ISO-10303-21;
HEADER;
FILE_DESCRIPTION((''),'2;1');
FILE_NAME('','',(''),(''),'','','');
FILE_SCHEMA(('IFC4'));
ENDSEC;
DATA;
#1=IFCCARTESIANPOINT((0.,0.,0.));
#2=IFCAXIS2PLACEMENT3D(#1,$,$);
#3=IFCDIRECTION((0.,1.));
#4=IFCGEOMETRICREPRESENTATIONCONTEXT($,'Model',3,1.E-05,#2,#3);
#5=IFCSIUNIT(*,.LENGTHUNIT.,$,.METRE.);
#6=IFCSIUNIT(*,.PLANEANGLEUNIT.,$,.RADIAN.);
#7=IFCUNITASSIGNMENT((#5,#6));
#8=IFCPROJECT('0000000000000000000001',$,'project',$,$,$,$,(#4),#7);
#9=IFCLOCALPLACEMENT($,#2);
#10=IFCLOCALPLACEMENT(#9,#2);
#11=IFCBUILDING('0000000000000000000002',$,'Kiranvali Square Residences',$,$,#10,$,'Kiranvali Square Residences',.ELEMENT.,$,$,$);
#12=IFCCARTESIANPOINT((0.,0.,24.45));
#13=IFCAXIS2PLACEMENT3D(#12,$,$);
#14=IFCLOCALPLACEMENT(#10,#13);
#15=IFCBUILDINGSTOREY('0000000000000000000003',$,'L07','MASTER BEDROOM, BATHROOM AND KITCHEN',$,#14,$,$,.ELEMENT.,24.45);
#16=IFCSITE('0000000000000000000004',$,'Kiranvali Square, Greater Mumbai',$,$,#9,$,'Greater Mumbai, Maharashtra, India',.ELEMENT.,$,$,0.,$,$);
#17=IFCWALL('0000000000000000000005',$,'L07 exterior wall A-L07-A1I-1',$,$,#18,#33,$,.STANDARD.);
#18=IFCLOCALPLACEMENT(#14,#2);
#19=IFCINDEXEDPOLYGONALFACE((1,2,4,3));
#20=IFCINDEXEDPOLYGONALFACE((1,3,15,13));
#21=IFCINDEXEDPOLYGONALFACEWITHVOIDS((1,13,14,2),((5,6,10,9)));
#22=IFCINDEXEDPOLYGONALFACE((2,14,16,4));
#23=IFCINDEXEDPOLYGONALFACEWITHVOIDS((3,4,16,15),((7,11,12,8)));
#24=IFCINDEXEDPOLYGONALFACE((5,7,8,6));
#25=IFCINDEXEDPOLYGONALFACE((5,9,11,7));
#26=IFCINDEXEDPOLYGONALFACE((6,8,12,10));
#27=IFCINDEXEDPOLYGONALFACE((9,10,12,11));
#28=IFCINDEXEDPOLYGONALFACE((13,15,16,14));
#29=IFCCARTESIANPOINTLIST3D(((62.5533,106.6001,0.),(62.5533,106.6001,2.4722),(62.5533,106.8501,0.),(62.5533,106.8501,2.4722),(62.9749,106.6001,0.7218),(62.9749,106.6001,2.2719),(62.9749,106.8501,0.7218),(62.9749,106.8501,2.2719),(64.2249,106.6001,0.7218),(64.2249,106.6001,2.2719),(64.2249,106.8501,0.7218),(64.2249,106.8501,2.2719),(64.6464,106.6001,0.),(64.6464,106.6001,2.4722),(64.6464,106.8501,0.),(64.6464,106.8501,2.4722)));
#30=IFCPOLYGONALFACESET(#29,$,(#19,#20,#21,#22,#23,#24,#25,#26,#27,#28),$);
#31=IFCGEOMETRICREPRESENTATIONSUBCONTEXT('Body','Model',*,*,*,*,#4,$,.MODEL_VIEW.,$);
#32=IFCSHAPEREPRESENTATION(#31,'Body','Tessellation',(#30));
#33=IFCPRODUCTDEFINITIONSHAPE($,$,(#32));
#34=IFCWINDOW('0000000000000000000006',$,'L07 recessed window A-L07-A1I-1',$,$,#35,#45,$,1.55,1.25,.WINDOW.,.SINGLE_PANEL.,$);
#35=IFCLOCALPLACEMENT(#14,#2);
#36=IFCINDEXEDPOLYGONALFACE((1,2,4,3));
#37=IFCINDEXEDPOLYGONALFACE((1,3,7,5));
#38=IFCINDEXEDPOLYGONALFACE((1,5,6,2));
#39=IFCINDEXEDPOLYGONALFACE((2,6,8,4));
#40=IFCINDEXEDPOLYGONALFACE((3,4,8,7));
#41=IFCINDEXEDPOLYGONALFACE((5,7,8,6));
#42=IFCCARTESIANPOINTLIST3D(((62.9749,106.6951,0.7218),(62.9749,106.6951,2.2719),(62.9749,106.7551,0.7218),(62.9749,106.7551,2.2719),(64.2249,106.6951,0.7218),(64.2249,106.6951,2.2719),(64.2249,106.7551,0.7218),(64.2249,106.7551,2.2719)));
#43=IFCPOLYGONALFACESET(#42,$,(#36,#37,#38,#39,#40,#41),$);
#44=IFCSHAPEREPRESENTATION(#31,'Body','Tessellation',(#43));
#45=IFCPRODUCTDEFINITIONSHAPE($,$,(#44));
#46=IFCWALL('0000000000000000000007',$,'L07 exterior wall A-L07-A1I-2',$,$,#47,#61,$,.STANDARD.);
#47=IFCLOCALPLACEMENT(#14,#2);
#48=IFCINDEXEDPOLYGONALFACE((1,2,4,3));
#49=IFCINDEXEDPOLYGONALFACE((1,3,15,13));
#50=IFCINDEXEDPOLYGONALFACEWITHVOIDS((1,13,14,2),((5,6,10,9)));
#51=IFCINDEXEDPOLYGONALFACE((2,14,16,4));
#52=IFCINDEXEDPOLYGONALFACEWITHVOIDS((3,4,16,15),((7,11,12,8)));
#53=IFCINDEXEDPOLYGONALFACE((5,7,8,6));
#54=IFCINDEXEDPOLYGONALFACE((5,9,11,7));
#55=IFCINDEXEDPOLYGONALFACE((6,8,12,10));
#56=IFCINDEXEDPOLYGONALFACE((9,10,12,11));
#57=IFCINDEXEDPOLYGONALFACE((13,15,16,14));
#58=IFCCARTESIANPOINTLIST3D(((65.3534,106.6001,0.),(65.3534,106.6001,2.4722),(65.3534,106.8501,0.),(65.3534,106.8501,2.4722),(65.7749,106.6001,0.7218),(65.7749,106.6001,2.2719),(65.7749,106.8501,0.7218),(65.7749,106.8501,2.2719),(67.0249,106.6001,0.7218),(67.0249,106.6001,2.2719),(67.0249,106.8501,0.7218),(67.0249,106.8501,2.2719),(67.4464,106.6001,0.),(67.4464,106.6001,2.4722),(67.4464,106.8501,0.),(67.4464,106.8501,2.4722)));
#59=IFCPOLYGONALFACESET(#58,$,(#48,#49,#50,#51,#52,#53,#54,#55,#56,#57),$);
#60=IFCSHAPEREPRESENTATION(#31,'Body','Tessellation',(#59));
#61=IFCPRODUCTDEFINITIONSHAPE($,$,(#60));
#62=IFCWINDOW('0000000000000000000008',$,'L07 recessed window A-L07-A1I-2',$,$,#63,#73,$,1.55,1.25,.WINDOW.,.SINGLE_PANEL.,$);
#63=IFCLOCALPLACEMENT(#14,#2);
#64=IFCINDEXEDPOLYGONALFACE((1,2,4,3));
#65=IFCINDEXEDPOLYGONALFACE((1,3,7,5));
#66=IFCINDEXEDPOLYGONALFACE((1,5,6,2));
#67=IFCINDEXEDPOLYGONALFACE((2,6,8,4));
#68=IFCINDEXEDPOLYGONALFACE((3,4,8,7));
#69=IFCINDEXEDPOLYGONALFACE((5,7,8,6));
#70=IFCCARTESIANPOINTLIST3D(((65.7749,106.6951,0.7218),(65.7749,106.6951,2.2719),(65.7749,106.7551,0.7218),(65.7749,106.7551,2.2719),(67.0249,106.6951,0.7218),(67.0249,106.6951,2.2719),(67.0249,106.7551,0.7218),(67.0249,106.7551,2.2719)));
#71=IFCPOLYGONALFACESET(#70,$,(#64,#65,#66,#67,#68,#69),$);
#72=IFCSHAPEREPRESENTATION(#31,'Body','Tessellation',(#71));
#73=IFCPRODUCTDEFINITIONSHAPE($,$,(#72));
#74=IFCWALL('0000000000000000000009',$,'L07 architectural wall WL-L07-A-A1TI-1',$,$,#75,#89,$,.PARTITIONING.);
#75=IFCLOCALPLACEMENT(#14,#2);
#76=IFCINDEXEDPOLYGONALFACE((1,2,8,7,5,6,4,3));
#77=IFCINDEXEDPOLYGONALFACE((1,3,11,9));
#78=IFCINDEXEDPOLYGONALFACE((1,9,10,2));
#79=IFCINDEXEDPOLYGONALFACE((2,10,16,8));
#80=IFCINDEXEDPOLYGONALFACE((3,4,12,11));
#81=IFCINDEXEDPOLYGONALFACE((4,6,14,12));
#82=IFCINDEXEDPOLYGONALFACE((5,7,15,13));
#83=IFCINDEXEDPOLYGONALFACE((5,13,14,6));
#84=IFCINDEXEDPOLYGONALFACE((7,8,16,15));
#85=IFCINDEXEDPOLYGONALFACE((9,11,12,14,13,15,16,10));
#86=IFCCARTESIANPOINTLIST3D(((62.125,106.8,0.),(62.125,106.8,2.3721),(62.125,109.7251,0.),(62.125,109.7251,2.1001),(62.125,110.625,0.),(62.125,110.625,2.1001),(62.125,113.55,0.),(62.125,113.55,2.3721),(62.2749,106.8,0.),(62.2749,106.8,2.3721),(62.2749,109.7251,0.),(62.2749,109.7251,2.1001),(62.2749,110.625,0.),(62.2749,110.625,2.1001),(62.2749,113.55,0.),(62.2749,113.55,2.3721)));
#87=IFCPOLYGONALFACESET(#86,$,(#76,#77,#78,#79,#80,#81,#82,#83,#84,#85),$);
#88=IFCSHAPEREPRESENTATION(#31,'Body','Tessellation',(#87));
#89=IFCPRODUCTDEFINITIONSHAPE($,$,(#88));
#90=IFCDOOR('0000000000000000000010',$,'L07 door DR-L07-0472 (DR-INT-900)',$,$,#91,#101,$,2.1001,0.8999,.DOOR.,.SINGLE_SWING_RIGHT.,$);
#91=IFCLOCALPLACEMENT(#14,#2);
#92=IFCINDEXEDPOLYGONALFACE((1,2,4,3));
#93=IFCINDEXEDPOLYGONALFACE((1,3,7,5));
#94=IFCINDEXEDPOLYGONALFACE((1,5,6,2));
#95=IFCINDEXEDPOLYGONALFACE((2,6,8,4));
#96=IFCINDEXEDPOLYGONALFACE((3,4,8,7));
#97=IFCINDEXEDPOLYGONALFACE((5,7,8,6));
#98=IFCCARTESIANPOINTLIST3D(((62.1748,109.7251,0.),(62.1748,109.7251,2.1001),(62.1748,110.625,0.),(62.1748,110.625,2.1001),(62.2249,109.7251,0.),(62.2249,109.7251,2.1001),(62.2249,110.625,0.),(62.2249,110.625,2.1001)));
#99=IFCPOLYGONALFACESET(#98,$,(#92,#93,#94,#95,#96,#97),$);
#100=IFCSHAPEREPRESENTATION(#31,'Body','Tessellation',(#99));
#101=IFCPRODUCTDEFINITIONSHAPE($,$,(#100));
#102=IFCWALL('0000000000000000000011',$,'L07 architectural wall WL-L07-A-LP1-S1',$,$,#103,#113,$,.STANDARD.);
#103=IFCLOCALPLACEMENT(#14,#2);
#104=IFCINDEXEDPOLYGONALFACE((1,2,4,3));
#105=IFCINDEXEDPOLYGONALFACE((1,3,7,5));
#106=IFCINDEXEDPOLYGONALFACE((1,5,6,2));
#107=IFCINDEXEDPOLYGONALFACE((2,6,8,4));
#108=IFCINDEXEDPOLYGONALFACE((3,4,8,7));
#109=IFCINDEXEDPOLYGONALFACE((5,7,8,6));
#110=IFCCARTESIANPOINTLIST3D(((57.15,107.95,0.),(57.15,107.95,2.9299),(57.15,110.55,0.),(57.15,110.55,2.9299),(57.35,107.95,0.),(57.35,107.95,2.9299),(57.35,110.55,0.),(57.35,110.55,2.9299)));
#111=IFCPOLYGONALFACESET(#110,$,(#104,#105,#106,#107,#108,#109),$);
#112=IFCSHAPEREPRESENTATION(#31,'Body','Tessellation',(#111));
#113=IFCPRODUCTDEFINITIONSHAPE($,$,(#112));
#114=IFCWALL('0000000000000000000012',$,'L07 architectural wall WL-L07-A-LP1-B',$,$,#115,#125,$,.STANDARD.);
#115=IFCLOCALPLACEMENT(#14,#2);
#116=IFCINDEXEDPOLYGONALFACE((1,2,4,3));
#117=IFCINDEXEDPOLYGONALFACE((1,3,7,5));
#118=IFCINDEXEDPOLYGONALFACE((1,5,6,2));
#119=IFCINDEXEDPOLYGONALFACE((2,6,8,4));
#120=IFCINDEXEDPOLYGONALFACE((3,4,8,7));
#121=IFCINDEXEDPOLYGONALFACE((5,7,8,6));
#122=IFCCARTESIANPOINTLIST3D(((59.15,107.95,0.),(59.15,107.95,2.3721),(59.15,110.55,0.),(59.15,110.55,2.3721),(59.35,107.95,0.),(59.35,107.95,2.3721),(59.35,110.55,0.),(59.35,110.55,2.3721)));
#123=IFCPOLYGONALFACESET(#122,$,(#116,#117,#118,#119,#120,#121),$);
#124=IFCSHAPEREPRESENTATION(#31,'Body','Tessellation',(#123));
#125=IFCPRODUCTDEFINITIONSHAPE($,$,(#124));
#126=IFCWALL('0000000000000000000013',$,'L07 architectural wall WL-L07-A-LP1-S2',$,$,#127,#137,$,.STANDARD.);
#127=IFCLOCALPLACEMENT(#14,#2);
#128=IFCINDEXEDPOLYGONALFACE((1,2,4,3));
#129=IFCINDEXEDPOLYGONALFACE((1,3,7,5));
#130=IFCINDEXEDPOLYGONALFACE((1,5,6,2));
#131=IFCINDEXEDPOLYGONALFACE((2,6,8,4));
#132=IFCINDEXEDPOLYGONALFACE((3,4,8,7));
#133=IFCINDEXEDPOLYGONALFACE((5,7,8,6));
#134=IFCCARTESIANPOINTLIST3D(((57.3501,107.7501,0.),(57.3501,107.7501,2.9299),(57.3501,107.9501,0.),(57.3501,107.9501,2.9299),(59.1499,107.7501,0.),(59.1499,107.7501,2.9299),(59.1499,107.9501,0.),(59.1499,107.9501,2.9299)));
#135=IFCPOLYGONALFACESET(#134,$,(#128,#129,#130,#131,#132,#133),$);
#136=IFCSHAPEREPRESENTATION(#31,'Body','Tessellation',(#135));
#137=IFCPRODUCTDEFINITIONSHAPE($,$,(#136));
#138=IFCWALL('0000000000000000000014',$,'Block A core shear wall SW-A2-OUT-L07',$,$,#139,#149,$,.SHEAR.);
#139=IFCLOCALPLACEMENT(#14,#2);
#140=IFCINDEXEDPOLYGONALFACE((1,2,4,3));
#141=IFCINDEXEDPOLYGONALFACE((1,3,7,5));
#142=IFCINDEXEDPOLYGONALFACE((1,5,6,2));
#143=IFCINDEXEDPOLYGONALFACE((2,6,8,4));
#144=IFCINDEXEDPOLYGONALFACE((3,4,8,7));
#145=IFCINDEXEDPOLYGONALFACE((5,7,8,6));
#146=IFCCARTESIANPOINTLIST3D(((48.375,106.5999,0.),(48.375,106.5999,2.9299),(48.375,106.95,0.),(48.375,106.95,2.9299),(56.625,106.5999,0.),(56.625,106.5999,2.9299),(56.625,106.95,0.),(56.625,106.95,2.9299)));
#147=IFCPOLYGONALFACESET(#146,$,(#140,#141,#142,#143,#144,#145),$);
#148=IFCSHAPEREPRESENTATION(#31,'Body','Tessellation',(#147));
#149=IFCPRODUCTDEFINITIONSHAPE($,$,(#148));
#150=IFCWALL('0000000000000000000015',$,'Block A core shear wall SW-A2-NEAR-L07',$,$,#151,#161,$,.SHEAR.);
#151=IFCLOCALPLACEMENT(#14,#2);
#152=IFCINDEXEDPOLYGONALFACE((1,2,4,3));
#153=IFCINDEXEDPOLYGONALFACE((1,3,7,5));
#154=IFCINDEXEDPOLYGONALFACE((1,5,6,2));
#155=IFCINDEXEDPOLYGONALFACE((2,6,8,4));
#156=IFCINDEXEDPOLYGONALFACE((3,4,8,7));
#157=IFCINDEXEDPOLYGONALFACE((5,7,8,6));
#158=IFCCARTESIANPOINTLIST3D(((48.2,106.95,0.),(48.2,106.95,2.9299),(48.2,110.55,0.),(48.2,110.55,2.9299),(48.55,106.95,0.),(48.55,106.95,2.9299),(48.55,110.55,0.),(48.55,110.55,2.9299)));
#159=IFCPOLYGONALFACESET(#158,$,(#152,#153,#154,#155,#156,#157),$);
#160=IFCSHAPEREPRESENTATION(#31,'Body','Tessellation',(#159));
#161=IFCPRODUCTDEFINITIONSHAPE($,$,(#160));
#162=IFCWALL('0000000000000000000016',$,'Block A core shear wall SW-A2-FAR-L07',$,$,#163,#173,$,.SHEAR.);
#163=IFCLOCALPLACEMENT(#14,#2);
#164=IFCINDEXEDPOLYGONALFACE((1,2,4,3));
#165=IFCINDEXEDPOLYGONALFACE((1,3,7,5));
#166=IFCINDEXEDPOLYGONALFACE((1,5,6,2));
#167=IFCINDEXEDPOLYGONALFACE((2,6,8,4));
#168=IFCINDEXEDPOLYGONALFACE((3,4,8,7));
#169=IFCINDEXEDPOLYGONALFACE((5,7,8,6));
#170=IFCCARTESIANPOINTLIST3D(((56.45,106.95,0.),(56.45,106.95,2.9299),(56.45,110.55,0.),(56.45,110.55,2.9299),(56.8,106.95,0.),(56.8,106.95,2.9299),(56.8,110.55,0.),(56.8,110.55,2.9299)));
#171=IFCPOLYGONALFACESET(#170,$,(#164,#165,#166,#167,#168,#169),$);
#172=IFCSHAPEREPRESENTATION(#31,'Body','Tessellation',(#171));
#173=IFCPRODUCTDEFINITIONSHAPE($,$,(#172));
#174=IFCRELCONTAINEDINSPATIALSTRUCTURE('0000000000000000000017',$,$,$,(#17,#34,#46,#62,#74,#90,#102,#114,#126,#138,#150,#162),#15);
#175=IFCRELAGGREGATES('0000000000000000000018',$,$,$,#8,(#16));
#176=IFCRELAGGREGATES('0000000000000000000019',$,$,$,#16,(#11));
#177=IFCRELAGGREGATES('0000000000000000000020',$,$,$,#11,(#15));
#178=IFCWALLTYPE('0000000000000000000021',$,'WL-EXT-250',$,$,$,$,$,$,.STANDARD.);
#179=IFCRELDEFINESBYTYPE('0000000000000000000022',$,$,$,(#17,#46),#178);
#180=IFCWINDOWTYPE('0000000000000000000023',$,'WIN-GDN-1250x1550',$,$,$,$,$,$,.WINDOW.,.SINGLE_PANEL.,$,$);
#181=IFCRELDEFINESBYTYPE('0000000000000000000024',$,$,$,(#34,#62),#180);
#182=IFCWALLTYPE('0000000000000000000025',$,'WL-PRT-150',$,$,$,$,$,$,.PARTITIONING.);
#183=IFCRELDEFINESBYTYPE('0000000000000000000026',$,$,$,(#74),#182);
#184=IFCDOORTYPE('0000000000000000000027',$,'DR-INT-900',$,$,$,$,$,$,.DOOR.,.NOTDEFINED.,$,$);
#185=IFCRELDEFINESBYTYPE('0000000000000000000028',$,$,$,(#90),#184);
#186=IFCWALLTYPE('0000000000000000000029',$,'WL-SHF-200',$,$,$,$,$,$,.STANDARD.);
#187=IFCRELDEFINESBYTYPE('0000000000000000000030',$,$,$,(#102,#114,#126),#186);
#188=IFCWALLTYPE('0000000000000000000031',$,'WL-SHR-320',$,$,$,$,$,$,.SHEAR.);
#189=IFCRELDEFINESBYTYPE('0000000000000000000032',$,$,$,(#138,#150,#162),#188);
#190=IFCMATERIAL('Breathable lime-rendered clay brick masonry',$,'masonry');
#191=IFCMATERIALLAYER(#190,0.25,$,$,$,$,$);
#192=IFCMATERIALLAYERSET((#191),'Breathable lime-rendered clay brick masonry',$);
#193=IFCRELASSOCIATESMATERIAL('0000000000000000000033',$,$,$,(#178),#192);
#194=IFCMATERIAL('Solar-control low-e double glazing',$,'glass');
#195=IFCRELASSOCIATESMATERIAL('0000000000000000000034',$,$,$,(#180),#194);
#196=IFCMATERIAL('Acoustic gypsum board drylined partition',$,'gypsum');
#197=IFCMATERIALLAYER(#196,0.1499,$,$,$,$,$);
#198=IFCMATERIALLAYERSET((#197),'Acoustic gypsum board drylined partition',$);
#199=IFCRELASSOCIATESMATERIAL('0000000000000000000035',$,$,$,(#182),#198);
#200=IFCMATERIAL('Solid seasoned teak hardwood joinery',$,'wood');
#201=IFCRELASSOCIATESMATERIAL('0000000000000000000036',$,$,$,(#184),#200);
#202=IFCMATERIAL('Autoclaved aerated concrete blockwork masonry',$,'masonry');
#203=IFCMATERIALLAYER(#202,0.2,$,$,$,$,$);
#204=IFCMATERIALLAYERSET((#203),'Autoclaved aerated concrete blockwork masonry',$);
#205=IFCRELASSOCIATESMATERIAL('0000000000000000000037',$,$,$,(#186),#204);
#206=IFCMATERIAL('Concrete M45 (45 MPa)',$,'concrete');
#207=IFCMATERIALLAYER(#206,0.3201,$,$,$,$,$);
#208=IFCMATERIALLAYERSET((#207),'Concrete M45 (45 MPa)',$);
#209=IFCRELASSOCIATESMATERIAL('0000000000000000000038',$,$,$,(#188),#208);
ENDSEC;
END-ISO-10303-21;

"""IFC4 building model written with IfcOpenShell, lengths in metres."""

from ifc_helpers import new_model, si_unit, direction, frame, frame_2d, origin, place, context, subcontext, project, spatial, rectangle, extrude, material, layer, layer_set, type_object, element, fill, save


model = new_model("IFC4")

# Units and contexts
model_context = context("Model", 3, precision=1e-05, world=origin(), true_north=direction((0.0, 1.0)))
body_context = subcontext(model_context, "Body", "Model", "MODEL_VIEW")
ifc_project = project(units=[si_unit("LENGTHUNIT", "METRE"), si_unit("PLANEANGLEUNIT", "RADIAN")], contexts=[model_context])

# Site, building, storey
site_placement = place(None, origin())
site = spatial("IfcSite", under=ifc_project, at=site_placement, Name="Kiranvali Square, Greater Mumbai", LongName="Greater Mumbai, Maharashtra, India", CompositionType="ELEMENT", RefElevation=0.0)
building_placement = place(site_placement, origin())
building = spatial("IfcBuilding", under=site, at=building_placement, Name="Kiranvali Square Residences", LongName="Kiranvali Square Residences", CompositionType="ELEMENT")
storey_placement = place(building_placement, frame((0.0, 0.0, 24.45)))
storey = spatial("IfcBuildingStorey", under=building, at=storey_placement, Name="L07", Description="MASTER BEDROOM, BATHROOM AND KITCHEN", CompositionType="ELEMENT", Elevation=24.45)

# Shared definitions
ifc_material_1 = material(Name="Concrete M45 (45 MPa)", Category="concrete")

# Shared definitions
ifc_material_2 = material(Name="Autoclaved aerated concrete blockwork masonry", Category="masonry")

# Walls, openings, windows
ifc_material_3 = material(Name="Breathable lime-rendered clay brick masonry", Category="masonry")
ifc_layer_1 = layer(ifc_material_3, 0.25)
ifc_layer_set_1 = layer_set([ifc_layer_1], Name="Breathable lime-rendered clay brick masonry")
wall_type_1 = type_object("IfcWallType", Name="WL-EXT-250", PredefinedType="STANDARD", material=ifc_layer_set_1)
ifc_material_4 = material(Name="Solar-control low-e double glazing", Category="glass")
window_type_1 = type_object("IfcWindowType", Name="WIN-GDN-1250x1550", PartitioningType="SINGLE_PANEL", PredefinedType="WINDOW", material=ifc_material_4)
wall_1_placement = place(storey_placement, frame((62.5535, 106.7251, 0.0), z_axis=(0.0, 0.0, 1.0), x_axis=(1.0, 0.0, 0.0)))
wall_1 = element("IfcWall", 1, at=wall_1_placement, inside=storey, type_object=wall_type_1, Name="L07 exterior wall A-L07-A1I-1", PredefinedType="STANDARD", context=body_context, shape_type="SweptSolid", body=[
    extrude(rectangle(XDim=2.093, YDim=0.25, at=frame_2d((1.0464, 0.0))), origin(), (0.0, 0.0, 1.0), 2.4722),
])
opening_1_placement = place(wall_1_placement, frame((0.4214, 0.0, 0.7219)))
opening_1 = element("IfcOpeningElement", 2, at=opening_1_placement, cuts=wall_1, PredefinedType="OPENING", context=body_context, shape_type="SweptSolid", body=[
    extrude(rectangle(XDim=1.25, YDim=1.55, at=frame_2d((0.625, 0.7749))), frame((0.0, 0.135, 0.0), z_axis=(0.0, -1.0, 0.0), x_axis=(1.0, 0.0, 0.0)), (0.0, 0.0, 1.0), 0.27),
])
window_1_placement = place(opening_1_placement, origin())
window_1 = element("IfcWindow", 3, at=window_1_placement, inside=storey, type_object=window_type_1, Name="L07 recessed window A-L07-A1I-1", OverallHeight=1.55, OverallWidth=1.25, PartitioningType="SINGLE_PANEL", PredefinedType="WINDOW", context=body_context, shape_type="SweptSolid", body=[
    extrude(rectangle(XDim=1.25, YDim=1.55, at=frame_2d((0.625, 0.7749))), frame((0.0, 0.03, 0.0), z_axis=(0.0, -1.0, 0.0), x_axis=(1.0, 0.0, 0.0)), (0.0, 0.0, 1.0), 0.0601),
])
fill(opening_1, window_1)
wall_2_placement = place(storey_placement, frame((65.3535, 106.7251, 0.0), z_axis=(0.0, 0.0, 1.0), x_axis=(1.0, 0.0, 0.0)))
wall_2 = element("IfcWall", 4, at=wall_2_placement, inside=storey, type_object=wall_type_1, Name="L07 exterior wall A-L07-A1I-2", PredefinedType="STANDARD", context=body_context, shape_type="SweptSolid", body=[
    extrude(rectangle(XDim=2.093, YDim=0.25, at=frame_2d((1.0464, 0.0))), origin(), (0.0, 0.0, 1.0), 2.4722),
])
opening_2_placement = place(wall_2_placement, frame((0.4214, 0.0, 0.7219)))
opening_2 = element("IfcOpeningElement", 5, at=opening_2_placement, cuts=wall_2, PredefinedType="OPENING", context=body_context, shape_type="SweptSolid", body=[
    extrude(rectangle(XDim=1.25, YDim=1.55, at=frame_2d((0.625, 0.7749))), frame((0.0, 0.135, 0.0), z_axis=(0.0, -1.0, 0.0), x_axis=(1.0, 0.0, 0.0)), (0.0, 0.0, 1.0), 0.27),
])
window_2_placement = place(opening_2_placement, origin())
window_2 = element("IfcWindow", 6, at=window_2_placement, inside=storey, type_object=window_type_1, Name="L07 recessed window A-L07-A1I-2", OverallHeight=1.55, OverallWidth=1.25, PartitioningType="SINGLE_PANEL", PredefinedType="WINDOW", context=body_context, shape_type="SweptSolid", body=[
    extrude(rectangle(XDim=1.25, YDim=1.55, at=frame_2d((0.625, 0.7749))), frame((0.0, 0.03, 0.0), z_axis=(0.0, -1.0, 0.0), x_axis=(1.0, 0.0, 0.0)), (0.0, 0.0, 1.0), 0.0601),
])
fill(opening_2, window_2)

# Wall, opening, door
ifc_material_5 = material(Name="Acoustic gypsum board drylined partition", Category="gypsum")
ifc_layer_2 = layer(ifc_material_5, 0.1499)
ifc_layer_set_2 = layer_set([ifc_layer_2], Name="Acoustic gypsum board drylined partition")
wall_type_2 = type_object("IfcWallType", Name="WL-PRT-150", PredefinedType="PARTITIONING", material=ifc_layer_set_2)
wall_3_placement = place(storey_placement, frame((62.2, 106.8, 0.0), z_axis=(0.0, 0.0, 1.0), x_axis=(0.0, 1.0, 0.0)))
wall_3 = element("IfcWall", 7, at=wall_3_placement, inside=storey, type_object=wall_type_2, Name="L07 architectural wall WL-L07-A-A1TI-1", PredefinedType="PARTITIONING", context=body_context, shape_type="SweptSolid", body=[
    extrude(rectangle(XDim=6.75, YDim=0.1499, at=frame_2d((3.375, 0.0))), origin(), (0.0, 0.0, 1.0), 2.3721),
])
opening_3_placement = place(wall_3_placement, frame((2.925, 0.0, 0.0)))
opening_3 = element("IfcOpeningElement", 8, at=opening_3_placement, cuts=wall_3, PredefinedType="OPENING", context=body_context, shape_type="SweptSolid", body=[
    extrude(rectangle(XDim=0.8999, YDim=2.1001, at=frame_2d((0.45, 1.05))), frame((0.0, 0.085, 0.0), z_axis=(0.0, -1.0, 0.0), x_axis=(1.0, 0.0, 0.0)), (0.0, 0.0, 1.0), 0.1699),
])
ifc_material_6 = material(Name="Solid seasoned teak hardwood joinery", Category="wood")
door_type = type_object("IfcDoorType", Name="DR-INT-900", OperationType="NOTDEFINED", PredefinedType="DOOR", material=ifc_material_6)
door_placement = place(opening_3_placement, frame((0.8999, 0.0, 0.0), z_axis=(0.0, 0.0, 1.0), x_axis=(-1.0, 0.0, 0.0)))
door = element("IfcDoor", 9, at=door_placement, inside=storey, type_object=door_type, Name="L07 door DR-L07-0472 (DR-INT-900)", OperationType="SINGLE_SWING_RIGHT", OverallHeight=2.1001, OverallWidth=0.8999, PredefinedType="DOOR", context=body_context, shape_type="SweptSolid", body=[
    extrude(rectangle(XDim=0.8999, YDim=2.1001, at=frame_2d((0.45, 1.05))), frame((0.0, 0.0249, 0.0), z_axis=(0.0, -1.0, 0.0), x_axis=(1.0, 0.0, 0.0)), (0.0, 0.0, 1.0), 0.05),
])
fill(opening_3, door)

# Walls
ifc_layer_3 = layer(ifc_material_2, 0.2)
ifc_layer_set_3 = layer_set([ifc_layer_3], Name="Autoclaved aerated concrete blockwork masonry")
wall_type_3 = type_object("IfcWallType", Name="WL-SHF-200", PredefinedType="STANDARD", material=ifc_layer_set_3)
wall_4_placement = place(storey_placement, frame((57.25, 107.95, 0.0), z_axis=(0.0, 0.0, 1.0), x_axis=(0.0, 1.0, 0.0)))
element("IfcWall", 10, at=wall_4_placement, inside=storey, type_object=wall_type_3, Name="L07 architectural wall WL-L07-A-LP1-S1", PredefinedType="STANDARD", context=body_context, shape_type="SweptSolid", body=[
    extrude(rectangle(XDim=2.6001, YDim=0.2, at=frame_2d((1.3, 0.0))), origin(), (0.0, 0.0, 1.0), 2.9299),
])
wall_5_placement = place(storey_placement, frame((59.25, 107.95, 0.0), z_axis=(0.0, 0.0, 1.0), x_axis=(0.0, 1.0, 0.0)))
element("IfcWall", 11, at=wall_5_placement, inside=storey, type_object=wall_type_3, Name="L07 architectural wall WL-L07-A-LP1-B", PredefinedType="STANDARD", context=body_context, shape_type="SweptSolid", body=[
    extrude(rectangle(XDim=2.6001, YDim=0.2, at=frame_2d((1.3, 0.0))), origin(), (0.0, 0.0, 1.0), 2.3721),
])
wall_6_placement = place(storey_placement, frame((57.3501, 107.8501, 0.0), z_axis=(0.0, 0.0, 1.0), x_axis=(1.0, 0.0, 0.0)))
element("IfcWall", 12, at=wall_6_placement, inside=storey, type_object=wall_type_3, Name="L07 architectural wall WL-L07-A-LP1-S2", PredefinedType="STANDARD", context=body_context, shape_type="SweptSolid", body=[
    extrude(rectangle(XDim=1.7998, YDim=0.2, at=frame_2d((0.8999, 0.0))), origin(), (0.0, 0.0, 1.0), 2.9299),
])
ifc_layer_4 = layer(ifc_material_1, 0.3201)
ifc_layer_set_4 = layer_set([ifc_layer_4], Name="Concrete M45 (45 MPa)")
wall_type_4 = type_object("IfcWallType", Name="WL-SHR-320", PredefinedType="SHEAR", material=ifc_layer_set_4)
wall_7_placement = place(storey_placement, frame((48.375, 106.7749, 0.0), z_axis=(0.0, 0.0, 1.0), x_axis=(1.0, 0.0, 0.0)))
element("IfcWall", 13, at=wall_7_placement, inside=storey, type_object=wall_type_4, Name="Block A core shear wall SW-A2-OUT-L07", PredefinedType="SHEAR", context=body_context, shape_type="SweptSolid", body=[
    extrude(rectangle(XDim=8.25, YDim=0.3501, at=frame_2d((4.125, 0.0))), origin(), (0.0, 0.0, 1.0), 2.9299),
])
for number, where, z_axis, x_axis, name in (
    (14, (48.375, 106.95, 0.0), (0.0, 0.0, 1.0), (0.0, 1.0, 0.0), "Block A core shear wall SW-A2-NEAR-L07"),
    (15, (56.625, 106.95, 0.0), (0.0, 0.0, 1.0), (0.0, 1.0, 0.0), "Block A core shear wall SW-A2-FAR-L07"),
):
    element("IfcWall", number, at=place(storey_placement, frame(where, z_axis=z_axis, x_axis=x_axis)), inside=storey, type_object=wall_type_4, Name=name, PredefinedType="SHEAR", context=body_context, shape_type="SweptSolid", body=[
        extrude(rectangle(XDim=3.6001, YDim=0.3501, at=frame_2d((1.8, 0.0))), origin(), (0.0, 0.0, 1.0), 2.9299),
    ])

save(model, "model.ifc")
